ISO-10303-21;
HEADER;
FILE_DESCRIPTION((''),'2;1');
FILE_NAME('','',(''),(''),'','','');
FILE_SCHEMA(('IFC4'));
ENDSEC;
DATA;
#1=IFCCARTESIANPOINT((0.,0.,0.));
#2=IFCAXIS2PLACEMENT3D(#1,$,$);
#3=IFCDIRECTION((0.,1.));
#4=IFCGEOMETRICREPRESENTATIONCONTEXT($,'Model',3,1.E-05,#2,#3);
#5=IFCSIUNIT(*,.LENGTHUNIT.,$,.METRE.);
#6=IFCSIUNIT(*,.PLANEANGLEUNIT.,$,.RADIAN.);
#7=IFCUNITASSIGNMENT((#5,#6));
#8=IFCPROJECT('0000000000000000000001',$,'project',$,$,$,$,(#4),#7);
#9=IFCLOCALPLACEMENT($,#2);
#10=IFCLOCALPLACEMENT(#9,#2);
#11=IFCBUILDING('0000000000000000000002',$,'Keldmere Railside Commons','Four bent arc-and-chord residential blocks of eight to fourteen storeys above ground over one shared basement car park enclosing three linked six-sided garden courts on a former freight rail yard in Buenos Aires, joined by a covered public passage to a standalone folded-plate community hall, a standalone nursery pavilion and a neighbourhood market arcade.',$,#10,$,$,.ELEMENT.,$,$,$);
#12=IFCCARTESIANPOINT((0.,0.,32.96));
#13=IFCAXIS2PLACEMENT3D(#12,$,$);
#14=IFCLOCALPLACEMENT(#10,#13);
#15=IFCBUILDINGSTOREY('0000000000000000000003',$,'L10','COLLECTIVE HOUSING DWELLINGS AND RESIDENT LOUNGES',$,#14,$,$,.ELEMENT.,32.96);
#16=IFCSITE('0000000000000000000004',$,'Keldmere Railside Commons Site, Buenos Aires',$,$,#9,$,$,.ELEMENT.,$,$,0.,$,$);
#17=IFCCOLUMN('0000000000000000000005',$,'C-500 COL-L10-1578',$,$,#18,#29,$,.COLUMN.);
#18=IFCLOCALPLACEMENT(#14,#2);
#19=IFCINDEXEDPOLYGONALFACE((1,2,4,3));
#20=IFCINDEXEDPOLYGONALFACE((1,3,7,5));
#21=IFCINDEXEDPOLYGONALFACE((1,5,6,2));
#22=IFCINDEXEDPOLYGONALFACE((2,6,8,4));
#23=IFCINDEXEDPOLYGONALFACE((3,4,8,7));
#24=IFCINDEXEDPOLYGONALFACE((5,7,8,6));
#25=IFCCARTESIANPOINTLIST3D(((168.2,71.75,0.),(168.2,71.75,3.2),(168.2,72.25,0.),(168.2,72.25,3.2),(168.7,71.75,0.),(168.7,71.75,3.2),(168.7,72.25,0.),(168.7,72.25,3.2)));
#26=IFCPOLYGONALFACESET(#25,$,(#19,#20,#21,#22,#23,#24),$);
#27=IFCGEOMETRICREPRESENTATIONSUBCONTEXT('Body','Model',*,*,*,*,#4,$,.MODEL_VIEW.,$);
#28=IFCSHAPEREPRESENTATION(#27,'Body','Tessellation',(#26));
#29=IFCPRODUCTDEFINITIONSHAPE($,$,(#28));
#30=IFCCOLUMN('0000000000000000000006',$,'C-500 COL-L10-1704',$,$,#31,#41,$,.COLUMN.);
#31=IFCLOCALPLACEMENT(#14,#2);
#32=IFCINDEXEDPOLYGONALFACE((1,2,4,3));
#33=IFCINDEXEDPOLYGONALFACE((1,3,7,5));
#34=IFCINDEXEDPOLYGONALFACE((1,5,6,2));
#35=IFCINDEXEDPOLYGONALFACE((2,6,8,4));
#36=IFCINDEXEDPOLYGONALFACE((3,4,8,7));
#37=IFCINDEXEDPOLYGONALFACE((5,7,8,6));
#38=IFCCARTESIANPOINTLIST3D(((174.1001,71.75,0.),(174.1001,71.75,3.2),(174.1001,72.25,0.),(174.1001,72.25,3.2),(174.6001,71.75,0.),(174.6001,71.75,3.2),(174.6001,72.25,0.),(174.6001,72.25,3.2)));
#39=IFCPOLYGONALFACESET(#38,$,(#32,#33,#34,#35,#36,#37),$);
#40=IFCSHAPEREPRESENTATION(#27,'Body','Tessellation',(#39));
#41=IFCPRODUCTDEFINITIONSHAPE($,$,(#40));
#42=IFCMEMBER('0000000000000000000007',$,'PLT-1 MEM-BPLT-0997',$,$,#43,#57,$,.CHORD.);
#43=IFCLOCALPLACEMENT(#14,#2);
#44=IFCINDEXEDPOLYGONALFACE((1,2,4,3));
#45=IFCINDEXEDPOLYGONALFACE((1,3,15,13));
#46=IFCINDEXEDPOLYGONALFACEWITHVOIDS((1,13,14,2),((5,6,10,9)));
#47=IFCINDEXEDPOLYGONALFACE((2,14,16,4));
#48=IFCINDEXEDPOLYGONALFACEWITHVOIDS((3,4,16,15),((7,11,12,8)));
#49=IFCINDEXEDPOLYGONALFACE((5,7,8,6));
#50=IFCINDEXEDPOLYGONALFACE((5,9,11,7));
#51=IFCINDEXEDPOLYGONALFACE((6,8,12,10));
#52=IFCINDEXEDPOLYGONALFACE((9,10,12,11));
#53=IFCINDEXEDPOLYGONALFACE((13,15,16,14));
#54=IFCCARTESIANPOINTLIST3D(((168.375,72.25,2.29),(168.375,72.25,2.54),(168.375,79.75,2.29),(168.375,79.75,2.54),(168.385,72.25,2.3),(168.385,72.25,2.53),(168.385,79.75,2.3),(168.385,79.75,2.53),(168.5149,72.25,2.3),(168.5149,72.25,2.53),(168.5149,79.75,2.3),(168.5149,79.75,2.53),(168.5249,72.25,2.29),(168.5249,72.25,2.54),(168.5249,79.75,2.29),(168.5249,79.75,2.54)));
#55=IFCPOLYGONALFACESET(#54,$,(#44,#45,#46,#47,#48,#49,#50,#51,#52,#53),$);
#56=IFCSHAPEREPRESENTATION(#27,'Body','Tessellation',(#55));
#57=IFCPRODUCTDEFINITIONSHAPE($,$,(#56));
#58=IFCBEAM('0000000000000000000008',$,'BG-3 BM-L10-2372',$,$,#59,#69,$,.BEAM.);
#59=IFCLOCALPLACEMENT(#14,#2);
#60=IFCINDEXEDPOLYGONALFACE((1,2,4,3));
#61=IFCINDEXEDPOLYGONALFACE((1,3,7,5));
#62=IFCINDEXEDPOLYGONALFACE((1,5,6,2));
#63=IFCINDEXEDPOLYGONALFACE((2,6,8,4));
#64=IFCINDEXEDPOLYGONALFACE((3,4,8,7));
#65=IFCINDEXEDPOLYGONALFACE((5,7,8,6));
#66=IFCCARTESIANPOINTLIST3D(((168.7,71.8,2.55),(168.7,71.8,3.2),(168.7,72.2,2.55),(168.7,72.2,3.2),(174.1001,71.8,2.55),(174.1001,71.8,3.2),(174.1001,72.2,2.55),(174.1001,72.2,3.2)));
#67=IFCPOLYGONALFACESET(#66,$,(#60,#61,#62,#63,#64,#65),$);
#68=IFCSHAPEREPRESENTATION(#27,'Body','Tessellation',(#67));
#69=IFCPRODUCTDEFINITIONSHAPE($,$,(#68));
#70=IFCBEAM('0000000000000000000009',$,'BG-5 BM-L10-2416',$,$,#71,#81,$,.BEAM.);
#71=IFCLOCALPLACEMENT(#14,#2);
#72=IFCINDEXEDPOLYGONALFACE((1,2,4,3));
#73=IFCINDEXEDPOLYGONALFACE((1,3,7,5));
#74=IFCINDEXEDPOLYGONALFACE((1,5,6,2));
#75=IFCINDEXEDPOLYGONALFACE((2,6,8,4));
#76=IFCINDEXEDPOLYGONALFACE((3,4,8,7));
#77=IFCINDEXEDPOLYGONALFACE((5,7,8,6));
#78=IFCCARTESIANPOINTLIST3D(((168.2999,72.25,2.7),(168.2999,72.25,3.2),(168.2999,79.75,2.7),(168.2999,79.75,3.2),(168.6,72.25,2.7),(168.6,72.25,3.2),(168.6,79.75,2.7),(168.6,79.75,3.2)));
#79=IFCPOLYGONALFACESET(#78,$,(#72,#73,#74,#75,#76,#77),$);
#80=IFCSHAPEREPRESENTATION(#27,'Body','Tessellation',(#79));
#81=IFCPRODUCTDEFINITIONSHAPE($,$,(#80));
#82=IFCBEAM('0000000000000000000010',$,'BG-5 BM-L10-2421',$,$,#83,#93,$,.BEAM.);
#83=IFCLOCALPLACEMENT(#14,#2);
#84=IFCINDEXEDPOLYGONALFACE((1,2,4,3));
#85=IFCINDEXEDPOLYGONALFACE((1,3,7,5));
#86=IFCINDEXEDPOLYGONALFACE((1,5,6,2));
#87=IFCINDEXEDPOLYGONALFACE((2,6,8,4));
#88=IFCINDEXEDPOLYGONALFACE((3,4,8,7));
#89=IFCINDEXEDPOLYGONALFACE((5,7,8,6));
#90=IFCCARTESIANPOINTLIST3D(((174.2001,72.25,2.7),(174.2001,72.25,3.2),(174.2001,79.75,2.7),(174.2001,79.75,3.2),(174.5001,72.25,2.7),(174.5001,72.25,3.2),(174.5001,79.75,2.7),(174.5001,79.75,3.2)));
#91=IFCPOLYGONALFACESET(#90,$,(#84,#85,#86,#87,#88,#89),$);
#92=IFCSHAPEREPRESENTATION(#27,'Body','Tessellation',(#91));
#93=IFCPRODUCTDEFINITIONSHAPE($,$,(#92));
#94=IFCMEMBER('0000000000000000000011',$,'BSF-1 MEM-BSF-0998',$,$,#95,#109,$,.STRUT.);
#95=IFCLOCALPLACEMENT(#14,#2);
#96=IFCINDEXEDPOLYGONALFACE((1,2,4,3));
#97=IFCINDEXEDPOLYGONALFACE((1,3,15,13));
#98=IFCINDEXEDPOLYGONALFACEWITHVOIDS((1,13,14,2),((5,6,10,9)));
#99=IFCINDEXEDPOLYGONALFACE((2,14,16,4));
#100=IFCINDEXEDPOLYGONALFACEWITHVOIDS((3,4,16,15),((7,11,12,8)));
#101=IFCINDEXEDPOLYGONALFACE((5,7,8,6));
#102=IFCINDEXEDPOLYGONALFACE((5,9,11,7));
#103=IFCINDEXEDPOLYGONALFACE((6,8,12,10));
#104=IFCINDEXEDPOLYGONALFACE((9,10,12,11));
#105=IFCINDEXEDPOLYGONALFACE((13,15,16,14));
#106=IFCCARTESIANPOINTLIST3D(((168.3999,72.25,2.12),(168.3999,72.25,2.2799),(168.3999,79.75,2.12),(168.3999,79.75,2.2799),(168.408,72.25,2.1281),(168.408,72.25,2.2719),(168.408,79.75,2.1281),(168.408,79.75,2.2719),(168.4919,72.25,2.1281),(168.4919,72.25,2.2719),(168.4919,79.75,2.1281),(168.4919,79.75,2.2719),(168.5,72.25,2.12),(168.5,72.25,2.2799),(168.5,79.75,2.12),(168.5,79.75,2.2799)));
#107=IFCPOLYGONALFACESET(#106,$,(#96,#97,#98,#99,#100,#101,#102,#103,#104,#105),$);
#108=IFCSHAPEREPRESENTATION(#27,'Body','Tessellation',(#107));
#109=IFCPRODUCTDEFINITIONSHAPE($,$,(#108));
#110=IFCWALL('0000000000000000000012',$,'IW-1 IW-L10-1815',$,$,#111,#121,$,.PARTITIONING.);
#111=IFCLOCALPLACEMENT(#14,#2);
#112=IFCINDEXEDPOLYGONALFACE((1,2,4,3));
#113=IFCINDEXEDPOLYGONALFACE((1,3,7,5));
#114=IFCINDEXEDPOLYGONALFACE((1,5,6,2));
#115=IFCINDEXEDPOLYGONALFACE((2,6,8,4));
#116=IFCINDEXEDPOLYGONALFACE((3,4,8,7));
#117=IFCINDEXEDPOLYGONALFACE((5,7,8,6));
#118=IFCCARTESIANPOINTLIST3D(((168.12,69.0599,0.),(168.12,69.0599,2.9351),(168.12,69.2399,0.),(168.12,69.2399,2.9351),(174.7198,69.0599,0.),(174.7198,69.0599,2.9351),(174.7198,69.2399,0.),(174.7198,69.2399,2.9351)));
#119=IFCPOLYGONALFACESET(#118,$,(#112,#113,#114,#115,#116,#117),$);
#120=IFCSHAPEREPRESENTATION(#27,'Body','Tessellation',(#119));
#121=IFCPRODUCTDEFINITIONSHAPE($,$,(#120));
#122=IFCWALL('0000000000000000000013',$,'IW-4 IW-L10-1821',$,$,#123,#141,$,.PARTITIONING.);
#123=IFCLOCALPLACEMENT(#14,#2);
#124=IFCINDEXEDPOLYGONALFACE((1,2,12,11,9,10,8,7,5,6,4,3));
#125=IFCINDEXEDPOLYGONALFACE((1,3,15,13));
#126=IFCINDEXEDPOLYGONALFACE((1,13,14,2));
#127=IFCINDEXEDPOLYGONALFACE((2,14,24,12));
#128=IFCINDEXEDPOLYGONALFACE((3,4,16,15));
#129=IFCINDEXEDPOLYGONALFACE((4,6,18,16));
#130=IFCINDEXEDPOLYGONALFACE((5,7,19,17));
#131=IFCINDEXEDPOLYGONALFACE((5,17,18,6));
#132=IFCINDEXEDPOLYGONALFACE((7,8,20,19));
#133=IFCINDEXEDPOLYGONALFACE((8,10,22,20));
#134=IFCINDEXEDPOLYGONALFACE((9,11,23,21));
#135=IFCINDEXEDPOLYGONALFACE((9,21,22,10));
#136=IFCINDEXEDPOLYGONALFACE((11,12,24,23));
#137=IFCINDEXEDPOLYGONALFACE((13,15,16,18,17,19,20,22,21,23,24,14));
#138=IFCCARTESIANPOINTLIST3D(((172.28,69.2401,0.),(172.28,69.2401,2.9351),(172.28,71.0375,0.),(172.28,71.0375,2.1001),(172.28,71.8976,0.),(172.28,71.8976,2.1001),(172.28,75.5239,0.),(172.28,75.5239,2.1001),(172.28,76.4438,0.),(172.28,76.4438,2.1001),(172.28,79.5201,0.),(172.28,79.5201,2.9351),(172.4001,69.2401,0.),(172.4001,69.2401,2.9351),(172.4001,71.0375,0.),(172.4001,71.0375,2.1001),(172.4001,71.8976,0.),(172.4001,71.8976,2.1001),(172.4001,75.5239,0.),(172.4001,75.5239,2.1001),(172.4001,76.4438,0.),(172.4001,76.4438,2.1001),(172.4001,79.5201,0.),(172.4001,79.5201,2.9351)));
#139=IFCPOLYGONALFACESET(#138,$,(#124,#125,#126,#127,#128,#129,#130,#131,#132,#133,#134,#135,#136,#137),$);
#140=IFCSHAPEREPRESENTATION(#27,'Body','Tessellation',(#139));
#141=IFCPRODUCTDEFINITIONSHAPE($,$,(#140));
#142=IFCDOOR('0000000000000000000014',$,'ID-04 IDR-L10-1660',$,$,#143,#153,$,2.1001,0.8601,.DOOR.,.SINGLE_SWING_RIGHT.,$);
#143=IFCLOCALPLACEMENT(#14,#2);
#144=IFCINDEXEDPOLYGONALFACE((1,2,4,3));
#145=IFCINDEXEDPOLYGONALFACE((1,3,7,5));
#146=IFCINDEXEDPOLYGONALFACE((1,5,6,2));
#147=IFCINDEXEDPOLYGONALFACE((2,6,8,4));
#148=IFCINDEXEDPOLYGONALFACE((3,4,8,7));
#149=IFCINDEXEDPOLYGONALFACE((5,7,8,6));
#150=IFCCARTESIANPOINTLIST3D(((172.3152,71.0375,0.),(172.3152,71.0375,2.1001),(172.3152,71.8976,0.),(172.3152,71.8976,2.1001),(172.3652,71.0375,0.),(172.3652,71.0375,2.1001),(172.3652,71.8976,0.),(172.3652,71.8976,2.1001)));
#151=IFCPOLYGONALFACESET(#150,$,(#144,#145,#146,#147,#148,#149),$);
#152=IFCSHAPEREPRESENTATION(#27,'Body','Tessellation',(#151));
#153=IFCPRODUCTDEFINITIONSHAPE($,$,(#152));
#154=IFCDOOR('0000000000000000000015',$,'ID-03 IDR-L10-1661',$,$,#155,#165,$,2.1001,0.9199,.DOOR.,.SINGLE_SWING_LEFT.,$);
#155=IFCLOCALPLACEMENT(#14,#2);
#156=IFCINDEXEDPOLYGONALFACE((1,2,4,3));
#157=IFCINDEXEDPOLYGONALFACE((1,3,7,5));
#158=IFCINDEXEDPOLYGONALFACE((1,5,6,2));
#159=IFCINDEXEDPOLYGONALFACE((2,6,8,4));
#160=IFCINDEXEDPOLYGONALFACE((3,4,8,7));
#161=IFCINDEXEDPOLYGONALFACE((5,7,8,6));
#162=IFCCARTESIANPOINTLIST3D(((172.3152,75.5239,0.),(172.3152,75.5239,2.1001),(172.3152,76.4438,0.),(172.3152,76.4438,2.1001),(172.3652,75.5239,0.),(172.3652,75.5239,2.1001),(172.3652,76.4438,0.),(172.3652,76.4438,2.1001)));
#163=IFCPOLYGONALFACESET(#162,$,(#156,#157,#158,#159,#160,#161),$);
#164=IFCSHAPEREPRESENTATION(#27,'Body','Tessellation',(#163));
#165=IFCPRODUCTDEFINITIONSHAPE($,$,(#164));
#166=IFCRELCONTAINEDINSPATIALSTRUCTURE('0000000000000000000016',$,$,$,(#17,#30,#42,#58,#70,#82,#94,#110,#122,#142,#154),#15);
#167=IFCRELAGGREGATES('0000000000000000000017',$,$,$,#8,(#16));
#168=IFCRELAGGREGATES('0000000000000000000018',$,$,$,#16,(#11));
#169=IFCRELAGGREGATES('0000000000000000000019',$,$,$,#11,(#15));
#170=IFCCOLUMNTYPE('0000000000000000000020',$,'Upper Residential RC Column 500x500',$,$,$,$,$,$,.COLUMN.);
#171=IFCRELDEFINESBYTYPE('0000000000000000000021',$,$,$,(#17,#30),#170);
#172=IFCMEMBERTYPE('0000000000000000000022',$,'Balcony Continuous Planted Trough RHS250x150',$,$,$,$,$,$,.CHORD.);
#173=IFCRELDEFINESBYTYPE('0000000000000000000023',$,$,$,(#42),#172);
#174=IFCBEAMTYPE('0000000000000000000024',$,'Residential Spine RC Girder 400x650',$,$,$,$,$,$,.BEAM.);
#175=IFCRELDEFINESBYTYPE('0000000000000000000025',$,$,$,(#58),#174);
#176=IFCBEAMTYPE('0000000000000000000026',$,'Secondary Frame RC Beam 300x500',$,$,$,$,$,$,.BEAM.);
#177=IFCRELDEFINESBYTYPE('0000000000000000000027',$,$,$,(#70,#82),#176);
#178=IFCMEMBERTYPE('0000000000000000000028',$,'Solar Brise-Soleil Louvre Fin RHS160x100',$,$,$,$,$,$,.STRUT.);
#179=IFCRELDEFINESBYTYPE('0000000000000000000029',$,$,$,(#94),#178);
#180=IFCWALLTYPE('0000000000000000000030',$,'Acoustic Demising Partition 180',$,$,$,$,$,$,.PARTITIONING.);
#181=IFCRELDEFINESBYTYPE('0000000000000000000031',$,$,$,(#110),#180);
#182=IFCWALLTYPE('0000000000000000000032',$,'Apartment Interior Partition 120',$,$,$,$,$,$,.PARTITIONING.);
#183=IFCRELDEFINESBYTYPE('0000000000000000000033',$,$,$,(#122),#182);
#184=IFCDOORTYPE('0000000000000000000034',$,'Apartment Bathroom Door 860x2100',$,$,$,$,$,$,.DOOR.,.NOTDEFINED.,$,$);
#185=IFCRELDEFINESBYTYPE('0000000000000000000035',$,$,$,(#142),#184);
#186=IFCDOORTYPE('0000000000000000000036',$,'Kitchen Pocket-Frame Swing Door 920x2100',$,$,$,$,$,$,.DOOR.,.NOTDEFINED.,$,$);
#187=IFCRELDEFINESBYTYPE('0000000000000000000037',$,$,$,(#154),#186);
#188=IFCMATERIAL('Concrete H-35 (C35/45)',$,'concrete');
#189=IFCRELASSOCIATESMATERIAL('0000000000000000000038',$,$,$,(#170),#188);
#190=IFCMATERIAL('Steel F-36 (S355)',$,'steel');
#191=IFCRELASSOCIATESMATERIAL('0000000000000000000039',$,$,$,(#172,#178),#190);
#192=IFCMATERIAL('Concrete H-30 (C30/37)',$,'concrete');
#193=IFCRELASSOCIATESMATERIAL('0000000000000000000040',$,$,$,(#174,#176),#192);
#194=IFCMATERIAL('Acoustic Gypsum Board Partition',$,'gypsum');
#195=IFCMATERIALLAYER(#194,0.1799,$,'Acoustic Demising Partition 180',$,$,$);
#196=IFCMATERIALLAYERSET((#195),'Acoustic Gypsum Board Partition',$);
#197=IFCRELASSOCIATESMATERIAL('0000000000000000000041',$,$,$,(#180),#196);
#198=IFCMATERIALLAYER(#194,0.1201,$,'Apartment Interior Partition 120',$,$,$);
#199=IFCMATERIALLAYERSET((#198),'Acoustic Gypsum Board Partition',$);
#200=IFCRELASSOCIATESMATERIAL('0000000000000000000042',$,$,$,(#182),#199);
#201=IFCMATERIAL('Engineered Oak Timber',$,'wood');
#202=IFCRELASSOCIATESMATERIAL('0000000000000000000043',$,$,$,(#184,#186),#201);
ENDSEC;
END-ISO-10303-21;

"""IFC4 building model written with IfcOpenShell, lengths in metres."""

from ifc_helpers import new_model, si_unit, direction, frame, frame_2d, origin, origin_2d, place, context, subcontext, project, spatial, rectangle, hollow_rectangle, extrude, material, layer, layer_set, material_profile, profile_set, type_object, element, fill, save


model = new_model("IFC4")

# Units and contexts
model_context = context("Model", 3, precision=1e-05, world=origin(), true_north=direction((0.0, 1.0)))
body_context = subcontext(model_context, "Body", "Model", "MODEL_VIEW")
ifc_project = project(units=[si_unit("LENGTHUNIT", "METRE"), si_unit("PLANEANGLEUNIT", "RADIAN")], contexts=[model_context])

# Site, building, storey
site_placement = place(None, origin())
site = spatial("IfcSite", under=ifc_project, at=site_placement, Name="Keldmere Railside Commons Site, Buenos Aires", CompositionType="ELEMENT", RefElevation=0.0)
building_placement = place(site_placement, origin())
building = spatial("IfcBuilding", under=site, at=building_placement, Name="Keldmere Railside Commons", Description="Four bent arc-and-chord residential blocks of eight to fourteen storeys above ground over one shared basement car park enclosing three linked six-sided garden courts on a former freight rail yard in Buenos Aires, joined by a covered public passage to a standalone folded-plate community hall, a standalone nursery pavilion and a neighbourhood market arcade.", CompositionType="ELEMENT")
storey_placement = place(building_placement, frame((0.0, 0.0, 32.96)))
storey = spatial("IfcBuildingStorey", under=building, at=storey_placement, Name="L10", Description="COLLECTIVE HOUSING DWELLINGS AND RESIDENT LOUNGES", CompositionType="ELEMENT", Elevation=32.96)

# Columns
ifc_material_1 = material(Name="Concrete H-35 (C35/45)", Category="concrete")
ifc_material_profile_1 = material_profile(ifc_material_1, rectangle(XDim=0.5, YDim=0.5, at=origin_2d()), Name="RC-500x500")
ifc_profile_set_1 = profile_set([ifc_material_profile_1], Name="Concrete H-35 (C35/45)")
column_type = type_object("IfcColumnType", Name="Upper Residential RC Column 500x500", PredefinedType="COLUMN", material=ifc_profile_set_1)
for number, where, z_axis, x_axis, name in (
    (1, (168.45, 72.0, 0.0), (0.0, 0.0, 1.0), (1.0, 0.0, 0.0), "C-500 COL-L10-1578"),
    (2, (174.3501, 72.0, 0.0), (0.0, 0.0, 1.0), (1.0, 0.0, 0.0), "C-500 COL-L10-1704"),
):
    element("IfcColumn", number, at=place(storey_placement, frame(where, z_axis=z_axis, x_axis=x_axis)), inside=storey, type_object=column_type, Name=name, PredefinedType="COLUMN", context=body_context, shape_type="SweptSolid", body=[
        extrude(rectangle(XDim=0.5, YDim=0.5, at=origin_2d()), origin(), (0.0, 0.0, 1.0), 3.2),
    ])

# Member
ifc_material_2 = material(Name="Steel F-36 (S355)", Category="steel")
ifc_material_profile_2 = material_profile(ifc_material_2, hollow_rectangle(XDim=0.1499, YDim=0.25, WallThickness=0.01, at=origin_2d()), Name="RHS-250x150x10")
ifc_profile_set_2 = profile_set([ifc_material_profile_2], Name="Steel F-36 (S355)")
member_type_1 = type_object("IfcMemberType", Name="Balcony Continuous Planted Trough RHS250x150", PredefinedType="CHORD", material=ifc_profile_set_2)
member_1_placement = place(storey_placement, frame((168.45, 72.25, 2.415), z_axis=(0.0, 1.0, 0.0), x_axis=(-1.0, 0.0, 0.0)))
element("IfcMember", 3, at=member_1_placement, inside=storey, type_object=member_type_1, Name="PLT-1 MEM-BPLT-0997", PredefinedType="CHORD", context=body_context, shape_type="SweptSolid", body=[
    extrude(hollow_rectangle(XDim=0.1499, YDim=0.25, WallThickness=0.01, at=origin_2d()), origin(), (0.0, 0.0, 1.0), 7.5),
])

# Beams
ifc_material_3 = material(Name="Concrete H-30 (C30/37)", Category="concrete")
ifc_material_profile_3 = material_profile(ifc_material_3, rectangle(XDim=0.3999, YDim=0.6499, at=origin_2d()), Name="RC-400x650")
ifc_profile_set_3 = profile_set([ifc_material_profile_3], Name="Concrete H-30 (C30/37)")
beam_type_1 = type_object("IfcBeamType", Name="Residential Spine RC Girder 400x650", PredefinedType="BEAM", material=ifc_profile_set_3)
beam_placement = place(storey_placement, frame((168.7, 72.0, 2.875), z_axis=(1.0, 0.0, 0.0), x_axis=(0.0, 1.0, 0.0)))
element("IfcBeam", 4, at=beam_placement, inside=storey, type_object=beam_type_1, Name="BG-3 BM-L10-2372", PredefinedType="BEAM", context=body_context, shape_type="SweptSolid", body=[
    extrude(rectangle(XDim=0.3999, YDim=0.6499, at=origin_2d()), origin(), (0.0, 0.0, 1.0), 5.4001),
])
ifc_material_profile_4 = material_profile(ifc_material_3, rectangle(XDim=0.3, YDim=0.5, at=origin_2d()), Name="RC-300x500")
ifc_profile_set_4 = profile_set([ifc_material_profile_4], Name="Concrete H-30 (C30/37)")
beam_type_2 = type_object("IfcBeamType", Name="Secondary Frame RC Beam 300x500", PredefinedType="BEAM", material=ifc_profile_set_4)
for number, where, z_axis, x_axis, name in (
    (5, (168.45, 72.25, 2.95), (0.0, 1.0, 0.0), (-1.0, 0.0, 0.0), "BG-5 BM-L10-2416"),
    (6, (174.3501, 72.25, 2.95), (0.0, 1.0, 0.0), (-1.0, 0.0, 0.0), "BG-5 BM-L10-2421"),
):
    element("IfcBeam", number, at=place(storey_placement, frame(where, z_axis=z_axis, x_axis=x_axis)), inside=storey, type_object=beam_type_2, Name=name, PredefinedType="BEAM", context=body_context, shape_type="SweptSolid", body=[
        extrude(rectangle(XDim=0.3, YDim=0.5, at=origin_2d()), origin(), (0.0, 0.0, 1.0), 7.5),
    ])

# Member
ifc_material_profile_5 = material_profile(ifc_material_2, hollow_rectangle(XDim=0.1001, YDim=0.1599, WallThickness=0.0081, at=origin_2d()), Name="RHS-160x100x8")
ifc_profile_set_5 = profile_set([ifc_material_profile_5], Name="Steel F-36 (S355)")
member_type_2 = type_object("IfcMemberType", Name="Solar Brise-Soleil Louvre Fin RHS160x100", PredefinedType="STRUT", material=ifc_profile_set_5)
member_2_placement = place(storey_placement, frame((168.45, 72.25, 2.2), z_axis=(0.0, 1.0, 0.0), x_axis=(-1.0, 0.0, 0.0)))
element("IfcMember", 7, at=member_2_placement, inside=storey, type_object=member_type_2, Name="BSF-1 MEM-BSF-0998", PredefinedType="STRUT", context=body_context, shape_type="SweptSolid", body=[
    extrude(hollow_rectangle(XDim=0.1001, YDim=0.1599, WallThickness=0.0081, at=origin_2d()), origin(), (0.0, 0.0, 1.0), 7.5),
])

# Wall
ifc_material_4 = material(Name="Acoustic Gypsum Board Partition", Category="gypsum")
ifc_layer_1 = layer(ifc_material_4, 0.1799, Name="Acoustic Demising Partition 180")
ifc_layer_set_1 = layer_set([ifc_layer_1], Name="Acoustic Gypsum Board Partition")
wall_type_1 = type_object("IfcWallType", Name="Acoustic Demising Partition 180", PredefinedType="PARTITIONING", material=ifc_layer_set_1)
wall_1_placement = place(storey_placement, frame((168.1201, 69.1499, 0.0), z_axis=(0.0, 0.0, 1.0), x_axis=(1.0, 0.0, 0.0)))
element("IfcWall", 8, at=wall_1_placement, inside=storey, type_object=wall_type_1, Name="IW-1 IW-L10-1815", PredefinedType="PARTITIONING", context=body_context, shape_type="SweptSolid", body=[
    extrude(rectangle(XDim=6.5999, YDim=0.1799, at=frame_2d((3.2998, 0.0))), origin(), (0.0, 0.0, 1.0), 2.9351),
])

# Wall, openings, doors
ifc_layer_2 = layer(ifc_material_4, 0.1201, Name="Apartment Interior Partition 120")
ifc_layer_set_2 = layer_set([ifc_layer_2], Name="Acoustic Gypsum Board Partition")
wall_type_2 = type_object("IfcWallType", Name="Apartment Interior Partition 120", PredefinedType="PARTITIONING", material=ifc_layer_set_2)
wall_2_placement = place(storey_placement, frame((172.3401, 69.24, 0.0), z_axis=(0.0, 0.0, 1.0), x_axis=(0.0, 1.0, 0.0)))
wall_2 = element("IfcWall", 9, at=wall_2_placement, inside=storey, type_object=wall_type_2, Name="IW-4 IW-L10-1821", PredefinedType="PARTITIONING", context=body_context, shape_type="SweptSolid", body=[
    extrude(rectangle(XDim=10.28, YDim=0.1201, at=frame_2d((5.1401, 0.0))), origin(), (0.0, 0.0, 1.0), 2.9351),
])
opening_1_placement = place(wall_2_placement, frame((1.7974, 0.0, 0.0)))
opening_1 = element("IfcOpeningElement", 10, at=opening_1_placement, cuts=wall_2, PredefinedType="OPENING", context=body_context, shape_type="SweptSolid", body=[
    extrude(rectangle(XDim=0.8601, YDim=2.1001, at=frame_2d((0.4302, 1.05))), frame((0.0, 0.0701, 0.0), z_axis=(0.0, -1.0, 0.0), x_axis=(1.0, 0.0, 0.0)), (0.0, 0.0, 1.0), 0.1401),
])
opening_2_placement = place(wall_2_placement, frame((6.2839, 0.0, 0.0)))
opening_2 = element("IfcOpeningElement", 11, at=opening_2_placement, cuts=wall_2, PredefinedType="OPENING", context=body_context, shape_type="SweptSolid", body=[
    extrude(rectangle(XDim=0.9199, YDim=2.1001, at=frame_2d((0.46, 1.05))), frame((0.0, 0.0701, 0.0), z_axis=(0.0, -1.0, 0.0), x_axis=(1.0, 0.0, 0.0)), (0.0, 0.0, 1.0), 0.1401),
])
ifc_material_5 = material(Name="Engineered Oak Timber", Category="wood")
door_type_1 = type_object("IfcDoorType", Name="Apartment Bathroom Door 860x2100", OperationType="NOTDEFINED", PredefinedType="DOOR", material=ifc_material_5)
door_1_placement = place(opening_1_placement, origin())
door_1 = element("IfcDoor", 12, at=door_1_placement, inside=storey, type_object=door_type_1, Name="ID-04 IDR-L10-1660", OperationType="SINGLE_SWING_RIGHT", OverallHeight=2.1001, OverallWidth=0.8601, PredefinedType="DOOR", context=body_context, shape_type="SweptSolid", body=[
    extrude(rectangle(XDim=0.8601, YDim=2.1001, at=frame_2d((0.4302, 1.05))), frame((0.0, 0.0249, 0.0), z_axis=(0.0, -1.0, 0.0), x_axis=(1.0, 0.0, 0.0)), (0.0, 0.0, 1.0), 0.05),
])
fill(opening_1, door_1)
door_type_2 = type_object("IfcDoorType", Name="Kitchen Pocket-Frame Swing Door 920x2100", OperationType="NOTDEFINED", PredefinedType="DOOR", material=ifc_material_5)
door_2_placement = place(opening_2_placement, origin())
door_2 = element("IfcDoor", 13, at=door_2_placement, inside=storey, type_object=door_type_2, Name="ID-03 IDR-L10-1661", OperationType="SINGLE_SWING_LEFT", OverallHeight=2.1001, OverallWidth=0.9199, PredefinedType="DOOR", context=body_context, shape_type="SweptSolid", body=[
    extrude(rectangle(XDim=0.9199, YDim=2.1001, at=frame_2d((0.46, 1.05))), frame((0.0, 0.0249, 0.0), z_axis=(0.0, -1.0, 0.0), x_axis=(1.0, 0.0, 0.0)), (0.0, 0.0, 1.0), 0.05),
])
fill(opening_2, door_2)

save(model, "model.ifc")
